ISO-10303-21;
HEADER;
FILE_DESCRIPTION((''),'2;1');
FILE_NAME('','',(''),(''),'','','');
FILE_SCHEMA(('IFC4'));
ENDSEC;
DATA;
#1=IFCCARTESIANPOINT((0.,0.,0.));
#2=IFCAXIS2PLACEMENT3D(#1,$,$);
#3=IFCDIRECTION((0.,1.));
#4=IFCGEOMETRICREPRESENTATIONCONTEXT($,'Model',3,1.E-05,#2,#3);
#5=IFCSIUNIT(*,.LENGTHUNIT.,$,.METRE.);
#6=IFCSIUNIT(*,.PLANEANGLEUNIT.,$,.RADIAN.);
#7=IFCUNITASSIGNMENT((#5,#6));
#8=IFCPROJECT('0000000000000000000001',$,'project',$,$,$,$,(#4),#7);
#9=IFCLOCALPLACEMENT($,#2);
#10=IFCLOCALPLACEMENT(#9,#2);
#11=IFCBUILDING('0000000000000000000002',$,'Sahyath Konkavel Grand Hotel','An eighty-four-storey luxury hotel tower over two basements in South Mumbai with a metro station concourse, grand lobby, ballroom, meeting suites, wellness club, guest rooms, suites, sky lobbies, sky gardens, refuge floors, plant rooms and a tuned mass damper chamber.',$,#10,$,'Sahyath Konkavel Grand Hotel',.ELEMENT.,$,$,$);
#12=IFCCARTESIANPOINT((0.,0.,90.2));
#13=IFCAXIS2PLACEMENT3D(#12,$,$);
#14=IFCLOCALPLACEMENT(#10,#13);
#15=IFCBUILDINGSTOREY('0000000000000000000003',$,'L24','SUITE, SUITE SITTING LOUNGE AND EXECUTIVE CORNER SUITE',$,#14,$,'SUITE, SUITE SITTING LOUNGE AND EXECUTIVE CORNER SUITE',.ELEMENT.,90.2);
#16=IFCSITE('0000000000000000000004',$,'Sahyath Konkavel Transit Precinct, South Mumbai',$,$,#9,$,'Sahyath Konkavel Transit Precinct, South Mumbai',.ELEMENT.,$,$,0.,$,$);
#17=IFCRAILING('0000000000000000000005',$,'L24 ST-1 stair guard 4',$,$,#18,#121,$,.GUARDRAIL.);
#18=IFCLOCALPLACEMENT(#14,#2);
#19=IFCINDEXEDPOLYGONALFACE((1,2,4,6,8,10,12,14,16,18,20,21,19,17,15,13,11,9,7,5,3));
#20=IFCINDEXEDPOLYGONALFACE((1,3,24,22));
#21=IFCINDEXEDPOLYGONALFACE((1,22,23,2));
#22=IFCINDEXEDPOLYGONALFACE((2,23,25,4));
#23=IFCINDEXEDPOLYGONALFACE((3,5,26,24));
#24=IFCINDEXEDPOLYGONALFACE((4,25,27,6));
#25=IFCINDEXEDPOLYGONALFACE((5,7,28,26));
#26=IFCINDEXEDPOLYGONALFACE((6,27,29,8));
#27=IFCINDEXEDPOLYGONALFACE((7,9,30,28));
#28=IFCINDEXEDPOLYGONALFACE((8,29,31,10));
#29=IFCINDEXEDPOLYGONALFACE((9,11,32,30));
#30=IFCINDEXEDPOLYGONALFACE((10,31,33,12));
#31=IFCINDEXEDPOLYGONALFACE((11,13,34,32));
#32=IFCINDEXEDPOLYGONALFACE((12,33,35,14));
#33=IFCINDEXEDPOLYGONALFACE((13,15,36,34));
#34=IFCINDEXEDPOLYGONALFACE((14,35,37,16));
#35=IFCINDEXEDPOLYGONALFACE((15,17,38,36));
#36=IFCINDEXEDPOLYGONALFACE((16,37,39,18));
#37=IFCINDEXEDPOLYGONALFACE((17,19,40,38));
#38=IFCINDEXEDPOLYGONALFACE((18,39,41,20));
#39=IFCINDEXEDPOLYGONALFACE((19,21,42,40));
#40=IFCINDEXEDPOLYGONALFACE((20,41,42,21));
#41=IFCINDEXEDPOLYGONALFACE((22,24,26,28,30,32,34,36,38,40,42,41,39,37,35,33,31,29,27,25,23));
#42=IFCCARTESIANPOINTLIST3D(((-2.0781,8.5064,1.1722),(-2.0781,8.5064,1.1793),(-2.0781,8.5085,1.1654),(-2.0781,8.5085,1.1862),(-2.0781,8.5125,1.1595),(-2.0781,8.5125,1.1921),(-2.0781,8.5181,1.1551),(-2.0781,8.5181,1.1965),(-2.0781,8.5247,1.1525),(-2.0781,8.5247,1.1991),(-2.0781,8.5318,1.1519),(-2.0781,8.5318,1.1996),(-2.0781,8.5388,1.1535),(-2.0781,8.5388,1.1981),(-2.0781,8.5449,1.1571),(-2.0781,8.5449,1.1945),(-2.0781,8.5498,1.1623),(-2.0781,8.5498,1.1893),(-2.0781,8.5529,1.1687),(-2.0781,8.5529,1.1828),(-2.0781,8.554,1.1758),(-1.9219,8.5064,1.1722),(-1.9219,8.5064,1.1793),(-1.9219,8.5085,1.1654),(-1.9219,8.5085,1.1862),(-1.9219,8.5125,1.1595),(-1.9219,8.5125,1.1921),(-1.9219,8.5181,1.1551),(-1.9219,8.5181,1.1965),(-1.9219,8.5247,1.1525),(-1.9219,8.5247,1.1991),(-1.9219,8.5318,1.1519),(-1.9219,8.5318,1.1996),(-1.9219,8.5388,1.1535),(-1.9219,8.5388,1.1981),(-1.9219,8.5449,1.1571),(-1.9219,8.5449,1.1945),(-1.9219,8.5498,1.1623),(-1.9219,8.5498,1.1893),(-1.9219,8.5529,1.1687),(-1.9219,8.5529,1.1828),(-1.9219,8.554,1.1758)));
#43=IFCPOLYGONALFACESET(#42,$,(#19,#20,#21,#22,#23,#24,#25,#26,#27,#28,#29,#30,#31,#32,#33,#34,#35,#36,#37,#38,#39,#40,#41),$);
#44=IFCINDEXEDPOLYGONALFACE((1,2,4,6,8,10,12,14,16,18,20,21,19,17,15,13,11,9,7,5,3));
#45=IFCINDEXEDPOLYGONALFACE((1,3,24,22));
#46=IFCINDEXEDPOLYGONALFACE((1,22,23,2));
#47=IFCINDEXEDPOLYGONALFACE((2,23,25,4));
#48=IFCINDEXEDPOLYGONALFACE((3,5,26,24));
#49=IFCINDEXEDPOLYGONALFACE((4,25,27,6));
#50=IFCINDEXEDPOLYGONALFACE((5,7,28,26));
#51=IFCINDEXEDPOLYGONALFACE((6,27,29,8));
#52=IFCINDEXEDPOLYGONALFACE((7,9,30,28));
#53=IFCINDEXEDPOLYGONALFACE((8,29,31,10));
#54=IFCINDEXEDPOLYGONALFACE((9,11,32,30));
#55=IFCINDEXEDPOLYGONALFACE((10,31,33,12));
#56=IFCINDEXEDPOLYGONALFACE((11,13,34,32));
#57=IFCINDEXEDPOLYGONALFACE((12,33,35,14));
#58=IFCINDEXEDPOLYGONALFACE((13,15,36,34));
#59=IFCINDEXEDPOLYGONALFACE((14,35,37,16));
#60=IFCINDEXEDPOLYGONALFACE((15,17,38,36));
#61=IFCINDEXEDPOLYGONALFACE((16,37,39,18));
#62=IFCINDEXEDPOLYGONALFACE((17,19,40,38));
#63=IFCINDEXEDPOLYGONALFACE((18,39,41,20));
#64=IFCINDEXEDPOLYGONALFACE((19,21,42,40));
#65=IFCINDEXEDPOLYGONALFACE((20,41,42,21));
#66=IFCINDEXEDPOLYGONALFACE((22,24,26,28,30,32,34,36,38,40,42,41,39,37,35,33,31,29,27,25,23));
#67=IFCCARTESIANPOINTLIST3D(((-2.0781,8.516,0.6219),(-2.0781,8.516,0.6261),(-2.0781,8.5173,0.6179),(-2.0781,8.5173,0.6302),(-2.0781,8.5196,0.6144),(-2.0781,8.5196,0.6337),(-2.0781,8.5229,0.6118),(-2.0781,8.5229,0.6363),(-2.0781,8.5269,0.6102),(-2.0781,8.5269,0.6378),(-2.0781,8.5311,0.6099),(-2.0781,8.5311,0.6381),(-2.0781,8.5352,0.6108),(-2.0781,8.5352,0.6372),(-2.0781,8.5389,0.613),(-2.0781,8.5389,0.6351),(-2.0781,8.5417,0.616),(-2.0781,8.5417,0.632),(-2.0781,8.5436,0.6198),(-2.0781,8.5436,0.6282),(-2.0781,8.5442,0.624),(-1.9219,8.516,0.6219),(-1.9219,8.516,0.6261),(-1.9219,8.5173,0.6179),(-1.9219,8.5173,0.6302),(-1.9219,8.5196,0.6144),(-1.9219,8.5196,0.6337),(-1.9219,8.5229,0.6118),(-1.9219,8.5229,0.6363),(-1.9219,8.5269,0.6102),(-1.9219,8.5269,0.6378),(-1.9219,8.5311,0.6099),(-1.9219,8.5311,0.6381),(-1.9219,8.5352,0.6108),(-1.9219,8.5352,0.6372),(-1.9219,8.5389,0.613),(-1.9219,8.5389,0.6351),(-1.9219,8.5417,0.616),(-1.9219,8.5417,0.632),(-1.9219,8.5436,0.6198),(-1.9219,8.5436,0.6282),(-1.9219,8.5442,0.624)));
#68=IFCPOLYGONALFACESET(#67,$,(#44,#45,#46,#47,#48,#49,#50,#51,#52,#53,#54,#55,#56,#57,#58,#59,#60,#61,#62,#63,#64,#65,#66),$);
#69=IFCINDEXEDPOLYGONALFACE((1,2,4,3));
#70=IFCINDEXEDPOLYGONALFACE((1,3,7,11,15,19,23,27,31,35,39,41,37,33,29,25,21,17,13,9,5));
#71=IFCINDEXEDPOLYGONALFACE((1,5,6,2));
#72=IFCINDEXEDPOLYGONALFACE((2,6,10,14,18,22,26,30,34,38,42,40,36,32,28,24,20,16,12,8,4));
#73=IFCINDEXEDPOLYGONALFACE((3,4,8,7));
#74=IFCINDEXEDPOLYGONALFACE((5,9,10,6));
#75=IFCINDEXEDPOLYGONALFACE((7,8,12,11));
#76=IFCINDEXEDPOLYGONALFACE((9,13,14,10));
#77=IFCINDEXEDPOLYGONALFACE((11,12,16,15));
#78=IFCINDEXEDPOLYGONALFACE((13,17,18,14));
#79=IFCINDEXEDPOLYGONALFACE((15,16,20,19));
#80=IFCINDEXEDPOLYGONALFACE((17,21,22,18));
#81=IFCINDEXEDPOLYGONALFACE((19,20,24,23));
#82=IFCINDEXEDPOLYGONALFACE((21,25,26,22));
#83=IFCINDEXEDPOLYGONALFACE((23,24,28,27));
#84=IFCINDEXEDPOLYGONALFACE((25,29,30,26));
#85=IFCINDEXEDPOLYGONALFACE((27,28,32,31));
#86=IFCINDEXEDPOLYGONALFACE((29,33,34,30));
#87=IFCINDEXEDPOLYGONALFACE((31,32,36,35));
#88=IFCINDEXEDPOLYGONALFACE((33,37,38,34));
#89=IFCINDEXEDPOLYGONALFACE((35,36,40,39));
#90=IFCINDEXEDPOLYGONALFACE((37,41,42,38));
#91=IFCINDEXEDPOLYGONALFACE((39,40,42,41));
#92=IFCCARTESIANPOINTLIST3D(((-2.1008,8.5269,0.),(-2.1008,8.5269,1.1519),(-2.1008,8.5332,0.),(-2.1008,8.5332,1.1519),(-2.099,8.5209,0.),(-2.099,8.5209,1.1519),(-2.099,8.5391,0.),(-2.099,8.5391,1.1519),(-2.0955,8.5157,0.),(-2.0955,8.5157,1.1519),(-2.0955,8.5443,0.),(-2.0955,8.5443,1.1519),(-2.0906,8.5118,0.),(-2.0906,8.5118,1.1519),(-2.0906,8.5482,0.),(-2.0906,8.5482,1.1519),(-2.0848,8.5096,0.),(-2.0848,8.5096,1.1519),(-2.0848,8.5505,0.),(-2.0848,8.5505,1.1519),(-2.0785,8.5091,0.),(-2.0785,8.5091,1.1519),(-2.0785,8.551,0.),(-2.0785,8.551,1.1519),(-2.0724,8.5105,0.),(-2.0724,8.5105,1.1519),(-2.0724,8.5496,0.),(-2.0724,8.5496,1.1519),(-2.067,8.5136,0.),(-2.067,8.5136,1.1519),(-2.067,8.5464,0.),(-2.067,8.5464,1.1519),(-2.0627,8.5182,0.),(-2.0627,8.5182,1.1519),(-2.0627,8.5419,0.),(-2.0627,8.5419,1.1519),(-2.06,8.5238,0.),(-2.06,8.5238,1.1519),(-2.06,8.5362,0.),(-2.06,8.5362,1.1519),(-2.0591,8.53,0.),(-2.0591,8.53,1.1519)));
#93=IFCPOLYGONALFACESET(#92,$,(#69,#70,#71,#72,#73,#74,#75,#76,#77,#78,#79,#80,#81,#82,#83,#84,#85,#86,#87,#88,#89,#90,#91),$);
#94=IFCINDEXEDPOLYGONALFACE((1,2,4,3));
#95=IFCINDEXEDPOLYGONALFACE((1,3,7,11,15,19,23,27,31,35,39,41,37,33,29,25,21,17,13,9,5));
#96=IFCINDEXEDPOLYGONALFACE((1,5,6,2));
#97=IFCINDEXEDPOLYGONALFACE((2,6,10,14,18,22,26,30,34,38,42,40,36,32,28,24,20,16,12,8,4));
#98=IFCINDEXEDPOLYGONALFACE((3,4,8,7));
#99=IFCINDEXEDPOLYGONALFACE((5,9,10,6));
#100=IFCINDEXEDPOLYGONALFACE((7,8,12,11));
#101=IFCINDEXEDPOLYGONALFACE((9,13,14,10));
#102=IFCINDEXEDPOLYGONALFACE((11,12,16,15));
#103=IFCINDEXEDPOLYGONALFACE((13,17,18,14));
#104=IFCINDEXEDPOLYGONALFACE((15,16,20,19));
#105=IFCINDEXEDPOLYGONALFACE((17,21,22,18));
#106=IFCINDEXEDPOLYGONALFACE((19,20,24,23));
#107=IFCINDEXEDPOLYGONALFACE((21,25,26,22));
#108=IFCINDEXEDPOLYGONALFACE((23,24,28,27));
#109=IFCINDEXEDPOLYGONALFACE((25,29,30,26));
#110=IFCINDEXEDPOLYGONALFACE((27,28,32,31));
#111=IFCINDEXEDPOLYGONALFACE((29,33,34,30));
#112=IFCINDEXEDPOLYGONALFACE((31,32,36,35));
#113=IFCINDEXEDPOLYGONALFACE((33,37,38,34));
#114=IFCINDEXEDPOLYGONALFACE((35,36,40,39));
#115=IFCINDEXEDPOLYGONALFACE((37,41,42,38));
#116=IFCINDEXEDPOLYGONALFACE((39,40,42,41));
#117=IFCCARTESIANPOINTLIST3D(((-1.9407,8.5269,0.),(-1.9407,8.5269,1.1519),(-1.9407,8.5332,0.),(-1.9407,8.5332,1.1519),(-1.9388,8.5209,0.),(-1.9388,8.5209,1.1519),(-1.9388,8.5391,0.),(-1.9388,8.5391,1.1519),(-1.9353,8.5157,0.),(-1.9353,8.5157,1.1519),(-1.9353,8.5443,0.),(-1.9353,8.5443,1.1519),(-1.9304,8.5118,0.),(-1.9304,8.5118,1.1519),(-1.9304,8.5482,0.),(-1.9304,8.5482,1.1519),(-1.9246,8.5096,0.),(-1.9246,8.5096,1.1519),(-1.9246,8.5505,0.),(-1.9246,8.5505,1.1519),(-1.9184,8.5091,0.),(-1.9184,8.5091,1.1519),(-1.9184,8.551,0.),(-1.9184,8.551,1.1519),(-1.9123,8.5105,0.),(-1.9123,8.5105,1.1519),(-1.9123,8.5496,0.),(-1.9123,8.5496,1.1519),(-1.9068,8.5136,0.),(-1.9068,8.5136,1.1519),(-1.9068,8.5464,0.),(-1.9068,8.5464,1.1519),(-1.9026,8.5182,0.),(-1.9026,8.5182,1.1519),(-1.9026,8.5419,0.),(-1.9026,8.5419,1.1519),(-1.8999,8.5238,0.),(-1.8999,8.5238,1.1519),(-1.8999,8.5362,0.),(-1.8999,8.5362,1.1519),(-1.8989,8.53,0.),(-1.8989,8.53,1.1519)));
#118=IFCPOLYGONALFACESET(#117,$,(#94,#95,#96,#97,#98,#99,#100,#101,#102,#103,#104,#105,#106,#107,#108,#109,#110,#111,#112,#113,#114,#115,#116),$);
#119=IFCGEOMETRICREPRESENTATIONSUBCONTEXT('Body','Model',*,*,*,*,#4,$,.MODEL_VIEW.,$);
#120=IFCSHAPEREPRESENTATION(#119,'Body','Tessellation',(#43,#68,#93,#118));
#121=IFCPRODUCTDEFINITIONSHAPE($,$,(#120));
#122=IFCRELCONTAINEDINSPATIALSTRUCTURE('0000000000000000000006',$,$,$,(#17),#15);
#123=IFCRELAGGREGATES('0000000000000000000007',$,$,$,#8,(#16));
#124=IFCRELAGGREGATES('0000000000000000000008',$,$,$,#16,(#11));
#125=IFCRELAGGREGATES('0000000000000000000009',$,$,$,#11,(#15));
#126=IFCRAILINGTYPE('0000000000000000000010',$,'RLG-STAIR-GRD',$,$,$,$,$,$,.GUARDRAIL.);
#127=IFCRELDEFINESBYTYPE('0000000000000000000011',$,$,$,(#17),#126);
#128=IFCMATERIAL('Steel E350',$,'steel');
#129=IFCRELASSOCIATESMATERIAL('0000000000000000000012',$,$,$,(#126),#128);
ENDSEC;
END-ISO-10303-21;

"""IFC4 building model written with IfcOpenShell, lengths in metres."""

from ifc_helpers import new_model, si_unit, direction, frame, origin, origin_2d, place, context, subcontext, project, spatial, circle, extrude, material, type_object, element, save


model = new_model("IFC4")

# Units and contexts
model_context = context("Model", 3, precision=1e-05, world=origin(), true_north=direction((0.0, 1.0)))
body_context = subcontext(model_context, "Body", "Model", "MODEL_VIEW")
ifc_project = project(units=[si_unit("LENGTHUNIT", "METRE"), si_unit("PLANEANGLEUNIT", "RADIAN")], contexts=[model_context])

# Site, building, storey
site_placement = place(None, origin())
site = spatial("IfcSite", under=ifc_project, at=site_placement, Name="Sahyath Konkavel Transit Precinct, South Mumbai", LongName="Sahyath Konkavel Transit Precinct, South Mumbai", CompositionType="ELEMENT", RefElevation=0.0)
building_placement = place(site_placement, origin())
building = spatial("IfcBuilding", under=site, at=building_placement, Name="Sahyath Konkavel Grand Hotel", Description="An eighty-four-storey luxury hotel tower over two basements in South Mumbai with a metro station concourse, grand lobby, ballroom, meeting suites, wellness club, guest rooms, suites, sky lobbies, sky gardens, refuge floors, plant rooms and a tuned mass damper chamber.", LongName="Sahyath Konkavel Grand Hotel", CompositionType="ELEMENT")
storey_placement = place(building_placement, frame((0.0, 0.0, 90.2)))
storey = spatial("IfcBuildingStorey", under=building, at=storey_placement, Name="L24", Description="SUITE, SUITE SITTING LOUNGE AND EXECUTIVE CORNER SUITE", LongName="SUITE, SUITE SITTING LOUNGE AND EXECUTIVE CORNER SUITE", CompositionType="ELEMENT", Elevation=90.2)

# Shared definitions
ifc_material_1 = material(Name="Steel E350", Category="steel")

# Railing
railing_type_1 = type_object("IfcRailingType", Name="RLG-STAIR-GRD", PredefinedType="GUARDRAIL", material=ifc_material_1)
railing_1_placement = place(storey_placement, frame((-2.0801, 8.53, 0.0)))
element("IfcRailing", 1, at=railing_1_placement, inside=storey, type_object=railing_type_1, Name="L24 ST-1 stair guard 4", PredefinedType="GUARDRAIL", context=body_context, shape_type="SweptSolid", body=[
    extrude(circle(Radius=0.0239, at=origin_2d()), frame((0.002, 0.0, 1.1758), z_axis=(1.0, 0.0, 0.0), x_axis=(0.0, 1.0, 0.0)), (0.0, 0.0, 1.0), 0.1562),
    extrude(circle(Radius=0.0142, at=origin_2d()), frame((0.002, 0.0, 0.624), z_axis=(1.0, 0.0, 0.0), x_axis=(0.0, 1.0, 0.0)), (0.0, 0.0, 1.0), 0.1562),
    extrude(circle(Radius=0.021, at=origin_2d()), origin(), (0.0, 0.0, 1.0), 1.1519),
    extrude(circle(Radius=0.021, at=origin_2d()), frame((0.1602, 0.0, 0.0)), (0.0, 0.0, 1.0), 1.1519),
])

save(model, "model.ifc")
